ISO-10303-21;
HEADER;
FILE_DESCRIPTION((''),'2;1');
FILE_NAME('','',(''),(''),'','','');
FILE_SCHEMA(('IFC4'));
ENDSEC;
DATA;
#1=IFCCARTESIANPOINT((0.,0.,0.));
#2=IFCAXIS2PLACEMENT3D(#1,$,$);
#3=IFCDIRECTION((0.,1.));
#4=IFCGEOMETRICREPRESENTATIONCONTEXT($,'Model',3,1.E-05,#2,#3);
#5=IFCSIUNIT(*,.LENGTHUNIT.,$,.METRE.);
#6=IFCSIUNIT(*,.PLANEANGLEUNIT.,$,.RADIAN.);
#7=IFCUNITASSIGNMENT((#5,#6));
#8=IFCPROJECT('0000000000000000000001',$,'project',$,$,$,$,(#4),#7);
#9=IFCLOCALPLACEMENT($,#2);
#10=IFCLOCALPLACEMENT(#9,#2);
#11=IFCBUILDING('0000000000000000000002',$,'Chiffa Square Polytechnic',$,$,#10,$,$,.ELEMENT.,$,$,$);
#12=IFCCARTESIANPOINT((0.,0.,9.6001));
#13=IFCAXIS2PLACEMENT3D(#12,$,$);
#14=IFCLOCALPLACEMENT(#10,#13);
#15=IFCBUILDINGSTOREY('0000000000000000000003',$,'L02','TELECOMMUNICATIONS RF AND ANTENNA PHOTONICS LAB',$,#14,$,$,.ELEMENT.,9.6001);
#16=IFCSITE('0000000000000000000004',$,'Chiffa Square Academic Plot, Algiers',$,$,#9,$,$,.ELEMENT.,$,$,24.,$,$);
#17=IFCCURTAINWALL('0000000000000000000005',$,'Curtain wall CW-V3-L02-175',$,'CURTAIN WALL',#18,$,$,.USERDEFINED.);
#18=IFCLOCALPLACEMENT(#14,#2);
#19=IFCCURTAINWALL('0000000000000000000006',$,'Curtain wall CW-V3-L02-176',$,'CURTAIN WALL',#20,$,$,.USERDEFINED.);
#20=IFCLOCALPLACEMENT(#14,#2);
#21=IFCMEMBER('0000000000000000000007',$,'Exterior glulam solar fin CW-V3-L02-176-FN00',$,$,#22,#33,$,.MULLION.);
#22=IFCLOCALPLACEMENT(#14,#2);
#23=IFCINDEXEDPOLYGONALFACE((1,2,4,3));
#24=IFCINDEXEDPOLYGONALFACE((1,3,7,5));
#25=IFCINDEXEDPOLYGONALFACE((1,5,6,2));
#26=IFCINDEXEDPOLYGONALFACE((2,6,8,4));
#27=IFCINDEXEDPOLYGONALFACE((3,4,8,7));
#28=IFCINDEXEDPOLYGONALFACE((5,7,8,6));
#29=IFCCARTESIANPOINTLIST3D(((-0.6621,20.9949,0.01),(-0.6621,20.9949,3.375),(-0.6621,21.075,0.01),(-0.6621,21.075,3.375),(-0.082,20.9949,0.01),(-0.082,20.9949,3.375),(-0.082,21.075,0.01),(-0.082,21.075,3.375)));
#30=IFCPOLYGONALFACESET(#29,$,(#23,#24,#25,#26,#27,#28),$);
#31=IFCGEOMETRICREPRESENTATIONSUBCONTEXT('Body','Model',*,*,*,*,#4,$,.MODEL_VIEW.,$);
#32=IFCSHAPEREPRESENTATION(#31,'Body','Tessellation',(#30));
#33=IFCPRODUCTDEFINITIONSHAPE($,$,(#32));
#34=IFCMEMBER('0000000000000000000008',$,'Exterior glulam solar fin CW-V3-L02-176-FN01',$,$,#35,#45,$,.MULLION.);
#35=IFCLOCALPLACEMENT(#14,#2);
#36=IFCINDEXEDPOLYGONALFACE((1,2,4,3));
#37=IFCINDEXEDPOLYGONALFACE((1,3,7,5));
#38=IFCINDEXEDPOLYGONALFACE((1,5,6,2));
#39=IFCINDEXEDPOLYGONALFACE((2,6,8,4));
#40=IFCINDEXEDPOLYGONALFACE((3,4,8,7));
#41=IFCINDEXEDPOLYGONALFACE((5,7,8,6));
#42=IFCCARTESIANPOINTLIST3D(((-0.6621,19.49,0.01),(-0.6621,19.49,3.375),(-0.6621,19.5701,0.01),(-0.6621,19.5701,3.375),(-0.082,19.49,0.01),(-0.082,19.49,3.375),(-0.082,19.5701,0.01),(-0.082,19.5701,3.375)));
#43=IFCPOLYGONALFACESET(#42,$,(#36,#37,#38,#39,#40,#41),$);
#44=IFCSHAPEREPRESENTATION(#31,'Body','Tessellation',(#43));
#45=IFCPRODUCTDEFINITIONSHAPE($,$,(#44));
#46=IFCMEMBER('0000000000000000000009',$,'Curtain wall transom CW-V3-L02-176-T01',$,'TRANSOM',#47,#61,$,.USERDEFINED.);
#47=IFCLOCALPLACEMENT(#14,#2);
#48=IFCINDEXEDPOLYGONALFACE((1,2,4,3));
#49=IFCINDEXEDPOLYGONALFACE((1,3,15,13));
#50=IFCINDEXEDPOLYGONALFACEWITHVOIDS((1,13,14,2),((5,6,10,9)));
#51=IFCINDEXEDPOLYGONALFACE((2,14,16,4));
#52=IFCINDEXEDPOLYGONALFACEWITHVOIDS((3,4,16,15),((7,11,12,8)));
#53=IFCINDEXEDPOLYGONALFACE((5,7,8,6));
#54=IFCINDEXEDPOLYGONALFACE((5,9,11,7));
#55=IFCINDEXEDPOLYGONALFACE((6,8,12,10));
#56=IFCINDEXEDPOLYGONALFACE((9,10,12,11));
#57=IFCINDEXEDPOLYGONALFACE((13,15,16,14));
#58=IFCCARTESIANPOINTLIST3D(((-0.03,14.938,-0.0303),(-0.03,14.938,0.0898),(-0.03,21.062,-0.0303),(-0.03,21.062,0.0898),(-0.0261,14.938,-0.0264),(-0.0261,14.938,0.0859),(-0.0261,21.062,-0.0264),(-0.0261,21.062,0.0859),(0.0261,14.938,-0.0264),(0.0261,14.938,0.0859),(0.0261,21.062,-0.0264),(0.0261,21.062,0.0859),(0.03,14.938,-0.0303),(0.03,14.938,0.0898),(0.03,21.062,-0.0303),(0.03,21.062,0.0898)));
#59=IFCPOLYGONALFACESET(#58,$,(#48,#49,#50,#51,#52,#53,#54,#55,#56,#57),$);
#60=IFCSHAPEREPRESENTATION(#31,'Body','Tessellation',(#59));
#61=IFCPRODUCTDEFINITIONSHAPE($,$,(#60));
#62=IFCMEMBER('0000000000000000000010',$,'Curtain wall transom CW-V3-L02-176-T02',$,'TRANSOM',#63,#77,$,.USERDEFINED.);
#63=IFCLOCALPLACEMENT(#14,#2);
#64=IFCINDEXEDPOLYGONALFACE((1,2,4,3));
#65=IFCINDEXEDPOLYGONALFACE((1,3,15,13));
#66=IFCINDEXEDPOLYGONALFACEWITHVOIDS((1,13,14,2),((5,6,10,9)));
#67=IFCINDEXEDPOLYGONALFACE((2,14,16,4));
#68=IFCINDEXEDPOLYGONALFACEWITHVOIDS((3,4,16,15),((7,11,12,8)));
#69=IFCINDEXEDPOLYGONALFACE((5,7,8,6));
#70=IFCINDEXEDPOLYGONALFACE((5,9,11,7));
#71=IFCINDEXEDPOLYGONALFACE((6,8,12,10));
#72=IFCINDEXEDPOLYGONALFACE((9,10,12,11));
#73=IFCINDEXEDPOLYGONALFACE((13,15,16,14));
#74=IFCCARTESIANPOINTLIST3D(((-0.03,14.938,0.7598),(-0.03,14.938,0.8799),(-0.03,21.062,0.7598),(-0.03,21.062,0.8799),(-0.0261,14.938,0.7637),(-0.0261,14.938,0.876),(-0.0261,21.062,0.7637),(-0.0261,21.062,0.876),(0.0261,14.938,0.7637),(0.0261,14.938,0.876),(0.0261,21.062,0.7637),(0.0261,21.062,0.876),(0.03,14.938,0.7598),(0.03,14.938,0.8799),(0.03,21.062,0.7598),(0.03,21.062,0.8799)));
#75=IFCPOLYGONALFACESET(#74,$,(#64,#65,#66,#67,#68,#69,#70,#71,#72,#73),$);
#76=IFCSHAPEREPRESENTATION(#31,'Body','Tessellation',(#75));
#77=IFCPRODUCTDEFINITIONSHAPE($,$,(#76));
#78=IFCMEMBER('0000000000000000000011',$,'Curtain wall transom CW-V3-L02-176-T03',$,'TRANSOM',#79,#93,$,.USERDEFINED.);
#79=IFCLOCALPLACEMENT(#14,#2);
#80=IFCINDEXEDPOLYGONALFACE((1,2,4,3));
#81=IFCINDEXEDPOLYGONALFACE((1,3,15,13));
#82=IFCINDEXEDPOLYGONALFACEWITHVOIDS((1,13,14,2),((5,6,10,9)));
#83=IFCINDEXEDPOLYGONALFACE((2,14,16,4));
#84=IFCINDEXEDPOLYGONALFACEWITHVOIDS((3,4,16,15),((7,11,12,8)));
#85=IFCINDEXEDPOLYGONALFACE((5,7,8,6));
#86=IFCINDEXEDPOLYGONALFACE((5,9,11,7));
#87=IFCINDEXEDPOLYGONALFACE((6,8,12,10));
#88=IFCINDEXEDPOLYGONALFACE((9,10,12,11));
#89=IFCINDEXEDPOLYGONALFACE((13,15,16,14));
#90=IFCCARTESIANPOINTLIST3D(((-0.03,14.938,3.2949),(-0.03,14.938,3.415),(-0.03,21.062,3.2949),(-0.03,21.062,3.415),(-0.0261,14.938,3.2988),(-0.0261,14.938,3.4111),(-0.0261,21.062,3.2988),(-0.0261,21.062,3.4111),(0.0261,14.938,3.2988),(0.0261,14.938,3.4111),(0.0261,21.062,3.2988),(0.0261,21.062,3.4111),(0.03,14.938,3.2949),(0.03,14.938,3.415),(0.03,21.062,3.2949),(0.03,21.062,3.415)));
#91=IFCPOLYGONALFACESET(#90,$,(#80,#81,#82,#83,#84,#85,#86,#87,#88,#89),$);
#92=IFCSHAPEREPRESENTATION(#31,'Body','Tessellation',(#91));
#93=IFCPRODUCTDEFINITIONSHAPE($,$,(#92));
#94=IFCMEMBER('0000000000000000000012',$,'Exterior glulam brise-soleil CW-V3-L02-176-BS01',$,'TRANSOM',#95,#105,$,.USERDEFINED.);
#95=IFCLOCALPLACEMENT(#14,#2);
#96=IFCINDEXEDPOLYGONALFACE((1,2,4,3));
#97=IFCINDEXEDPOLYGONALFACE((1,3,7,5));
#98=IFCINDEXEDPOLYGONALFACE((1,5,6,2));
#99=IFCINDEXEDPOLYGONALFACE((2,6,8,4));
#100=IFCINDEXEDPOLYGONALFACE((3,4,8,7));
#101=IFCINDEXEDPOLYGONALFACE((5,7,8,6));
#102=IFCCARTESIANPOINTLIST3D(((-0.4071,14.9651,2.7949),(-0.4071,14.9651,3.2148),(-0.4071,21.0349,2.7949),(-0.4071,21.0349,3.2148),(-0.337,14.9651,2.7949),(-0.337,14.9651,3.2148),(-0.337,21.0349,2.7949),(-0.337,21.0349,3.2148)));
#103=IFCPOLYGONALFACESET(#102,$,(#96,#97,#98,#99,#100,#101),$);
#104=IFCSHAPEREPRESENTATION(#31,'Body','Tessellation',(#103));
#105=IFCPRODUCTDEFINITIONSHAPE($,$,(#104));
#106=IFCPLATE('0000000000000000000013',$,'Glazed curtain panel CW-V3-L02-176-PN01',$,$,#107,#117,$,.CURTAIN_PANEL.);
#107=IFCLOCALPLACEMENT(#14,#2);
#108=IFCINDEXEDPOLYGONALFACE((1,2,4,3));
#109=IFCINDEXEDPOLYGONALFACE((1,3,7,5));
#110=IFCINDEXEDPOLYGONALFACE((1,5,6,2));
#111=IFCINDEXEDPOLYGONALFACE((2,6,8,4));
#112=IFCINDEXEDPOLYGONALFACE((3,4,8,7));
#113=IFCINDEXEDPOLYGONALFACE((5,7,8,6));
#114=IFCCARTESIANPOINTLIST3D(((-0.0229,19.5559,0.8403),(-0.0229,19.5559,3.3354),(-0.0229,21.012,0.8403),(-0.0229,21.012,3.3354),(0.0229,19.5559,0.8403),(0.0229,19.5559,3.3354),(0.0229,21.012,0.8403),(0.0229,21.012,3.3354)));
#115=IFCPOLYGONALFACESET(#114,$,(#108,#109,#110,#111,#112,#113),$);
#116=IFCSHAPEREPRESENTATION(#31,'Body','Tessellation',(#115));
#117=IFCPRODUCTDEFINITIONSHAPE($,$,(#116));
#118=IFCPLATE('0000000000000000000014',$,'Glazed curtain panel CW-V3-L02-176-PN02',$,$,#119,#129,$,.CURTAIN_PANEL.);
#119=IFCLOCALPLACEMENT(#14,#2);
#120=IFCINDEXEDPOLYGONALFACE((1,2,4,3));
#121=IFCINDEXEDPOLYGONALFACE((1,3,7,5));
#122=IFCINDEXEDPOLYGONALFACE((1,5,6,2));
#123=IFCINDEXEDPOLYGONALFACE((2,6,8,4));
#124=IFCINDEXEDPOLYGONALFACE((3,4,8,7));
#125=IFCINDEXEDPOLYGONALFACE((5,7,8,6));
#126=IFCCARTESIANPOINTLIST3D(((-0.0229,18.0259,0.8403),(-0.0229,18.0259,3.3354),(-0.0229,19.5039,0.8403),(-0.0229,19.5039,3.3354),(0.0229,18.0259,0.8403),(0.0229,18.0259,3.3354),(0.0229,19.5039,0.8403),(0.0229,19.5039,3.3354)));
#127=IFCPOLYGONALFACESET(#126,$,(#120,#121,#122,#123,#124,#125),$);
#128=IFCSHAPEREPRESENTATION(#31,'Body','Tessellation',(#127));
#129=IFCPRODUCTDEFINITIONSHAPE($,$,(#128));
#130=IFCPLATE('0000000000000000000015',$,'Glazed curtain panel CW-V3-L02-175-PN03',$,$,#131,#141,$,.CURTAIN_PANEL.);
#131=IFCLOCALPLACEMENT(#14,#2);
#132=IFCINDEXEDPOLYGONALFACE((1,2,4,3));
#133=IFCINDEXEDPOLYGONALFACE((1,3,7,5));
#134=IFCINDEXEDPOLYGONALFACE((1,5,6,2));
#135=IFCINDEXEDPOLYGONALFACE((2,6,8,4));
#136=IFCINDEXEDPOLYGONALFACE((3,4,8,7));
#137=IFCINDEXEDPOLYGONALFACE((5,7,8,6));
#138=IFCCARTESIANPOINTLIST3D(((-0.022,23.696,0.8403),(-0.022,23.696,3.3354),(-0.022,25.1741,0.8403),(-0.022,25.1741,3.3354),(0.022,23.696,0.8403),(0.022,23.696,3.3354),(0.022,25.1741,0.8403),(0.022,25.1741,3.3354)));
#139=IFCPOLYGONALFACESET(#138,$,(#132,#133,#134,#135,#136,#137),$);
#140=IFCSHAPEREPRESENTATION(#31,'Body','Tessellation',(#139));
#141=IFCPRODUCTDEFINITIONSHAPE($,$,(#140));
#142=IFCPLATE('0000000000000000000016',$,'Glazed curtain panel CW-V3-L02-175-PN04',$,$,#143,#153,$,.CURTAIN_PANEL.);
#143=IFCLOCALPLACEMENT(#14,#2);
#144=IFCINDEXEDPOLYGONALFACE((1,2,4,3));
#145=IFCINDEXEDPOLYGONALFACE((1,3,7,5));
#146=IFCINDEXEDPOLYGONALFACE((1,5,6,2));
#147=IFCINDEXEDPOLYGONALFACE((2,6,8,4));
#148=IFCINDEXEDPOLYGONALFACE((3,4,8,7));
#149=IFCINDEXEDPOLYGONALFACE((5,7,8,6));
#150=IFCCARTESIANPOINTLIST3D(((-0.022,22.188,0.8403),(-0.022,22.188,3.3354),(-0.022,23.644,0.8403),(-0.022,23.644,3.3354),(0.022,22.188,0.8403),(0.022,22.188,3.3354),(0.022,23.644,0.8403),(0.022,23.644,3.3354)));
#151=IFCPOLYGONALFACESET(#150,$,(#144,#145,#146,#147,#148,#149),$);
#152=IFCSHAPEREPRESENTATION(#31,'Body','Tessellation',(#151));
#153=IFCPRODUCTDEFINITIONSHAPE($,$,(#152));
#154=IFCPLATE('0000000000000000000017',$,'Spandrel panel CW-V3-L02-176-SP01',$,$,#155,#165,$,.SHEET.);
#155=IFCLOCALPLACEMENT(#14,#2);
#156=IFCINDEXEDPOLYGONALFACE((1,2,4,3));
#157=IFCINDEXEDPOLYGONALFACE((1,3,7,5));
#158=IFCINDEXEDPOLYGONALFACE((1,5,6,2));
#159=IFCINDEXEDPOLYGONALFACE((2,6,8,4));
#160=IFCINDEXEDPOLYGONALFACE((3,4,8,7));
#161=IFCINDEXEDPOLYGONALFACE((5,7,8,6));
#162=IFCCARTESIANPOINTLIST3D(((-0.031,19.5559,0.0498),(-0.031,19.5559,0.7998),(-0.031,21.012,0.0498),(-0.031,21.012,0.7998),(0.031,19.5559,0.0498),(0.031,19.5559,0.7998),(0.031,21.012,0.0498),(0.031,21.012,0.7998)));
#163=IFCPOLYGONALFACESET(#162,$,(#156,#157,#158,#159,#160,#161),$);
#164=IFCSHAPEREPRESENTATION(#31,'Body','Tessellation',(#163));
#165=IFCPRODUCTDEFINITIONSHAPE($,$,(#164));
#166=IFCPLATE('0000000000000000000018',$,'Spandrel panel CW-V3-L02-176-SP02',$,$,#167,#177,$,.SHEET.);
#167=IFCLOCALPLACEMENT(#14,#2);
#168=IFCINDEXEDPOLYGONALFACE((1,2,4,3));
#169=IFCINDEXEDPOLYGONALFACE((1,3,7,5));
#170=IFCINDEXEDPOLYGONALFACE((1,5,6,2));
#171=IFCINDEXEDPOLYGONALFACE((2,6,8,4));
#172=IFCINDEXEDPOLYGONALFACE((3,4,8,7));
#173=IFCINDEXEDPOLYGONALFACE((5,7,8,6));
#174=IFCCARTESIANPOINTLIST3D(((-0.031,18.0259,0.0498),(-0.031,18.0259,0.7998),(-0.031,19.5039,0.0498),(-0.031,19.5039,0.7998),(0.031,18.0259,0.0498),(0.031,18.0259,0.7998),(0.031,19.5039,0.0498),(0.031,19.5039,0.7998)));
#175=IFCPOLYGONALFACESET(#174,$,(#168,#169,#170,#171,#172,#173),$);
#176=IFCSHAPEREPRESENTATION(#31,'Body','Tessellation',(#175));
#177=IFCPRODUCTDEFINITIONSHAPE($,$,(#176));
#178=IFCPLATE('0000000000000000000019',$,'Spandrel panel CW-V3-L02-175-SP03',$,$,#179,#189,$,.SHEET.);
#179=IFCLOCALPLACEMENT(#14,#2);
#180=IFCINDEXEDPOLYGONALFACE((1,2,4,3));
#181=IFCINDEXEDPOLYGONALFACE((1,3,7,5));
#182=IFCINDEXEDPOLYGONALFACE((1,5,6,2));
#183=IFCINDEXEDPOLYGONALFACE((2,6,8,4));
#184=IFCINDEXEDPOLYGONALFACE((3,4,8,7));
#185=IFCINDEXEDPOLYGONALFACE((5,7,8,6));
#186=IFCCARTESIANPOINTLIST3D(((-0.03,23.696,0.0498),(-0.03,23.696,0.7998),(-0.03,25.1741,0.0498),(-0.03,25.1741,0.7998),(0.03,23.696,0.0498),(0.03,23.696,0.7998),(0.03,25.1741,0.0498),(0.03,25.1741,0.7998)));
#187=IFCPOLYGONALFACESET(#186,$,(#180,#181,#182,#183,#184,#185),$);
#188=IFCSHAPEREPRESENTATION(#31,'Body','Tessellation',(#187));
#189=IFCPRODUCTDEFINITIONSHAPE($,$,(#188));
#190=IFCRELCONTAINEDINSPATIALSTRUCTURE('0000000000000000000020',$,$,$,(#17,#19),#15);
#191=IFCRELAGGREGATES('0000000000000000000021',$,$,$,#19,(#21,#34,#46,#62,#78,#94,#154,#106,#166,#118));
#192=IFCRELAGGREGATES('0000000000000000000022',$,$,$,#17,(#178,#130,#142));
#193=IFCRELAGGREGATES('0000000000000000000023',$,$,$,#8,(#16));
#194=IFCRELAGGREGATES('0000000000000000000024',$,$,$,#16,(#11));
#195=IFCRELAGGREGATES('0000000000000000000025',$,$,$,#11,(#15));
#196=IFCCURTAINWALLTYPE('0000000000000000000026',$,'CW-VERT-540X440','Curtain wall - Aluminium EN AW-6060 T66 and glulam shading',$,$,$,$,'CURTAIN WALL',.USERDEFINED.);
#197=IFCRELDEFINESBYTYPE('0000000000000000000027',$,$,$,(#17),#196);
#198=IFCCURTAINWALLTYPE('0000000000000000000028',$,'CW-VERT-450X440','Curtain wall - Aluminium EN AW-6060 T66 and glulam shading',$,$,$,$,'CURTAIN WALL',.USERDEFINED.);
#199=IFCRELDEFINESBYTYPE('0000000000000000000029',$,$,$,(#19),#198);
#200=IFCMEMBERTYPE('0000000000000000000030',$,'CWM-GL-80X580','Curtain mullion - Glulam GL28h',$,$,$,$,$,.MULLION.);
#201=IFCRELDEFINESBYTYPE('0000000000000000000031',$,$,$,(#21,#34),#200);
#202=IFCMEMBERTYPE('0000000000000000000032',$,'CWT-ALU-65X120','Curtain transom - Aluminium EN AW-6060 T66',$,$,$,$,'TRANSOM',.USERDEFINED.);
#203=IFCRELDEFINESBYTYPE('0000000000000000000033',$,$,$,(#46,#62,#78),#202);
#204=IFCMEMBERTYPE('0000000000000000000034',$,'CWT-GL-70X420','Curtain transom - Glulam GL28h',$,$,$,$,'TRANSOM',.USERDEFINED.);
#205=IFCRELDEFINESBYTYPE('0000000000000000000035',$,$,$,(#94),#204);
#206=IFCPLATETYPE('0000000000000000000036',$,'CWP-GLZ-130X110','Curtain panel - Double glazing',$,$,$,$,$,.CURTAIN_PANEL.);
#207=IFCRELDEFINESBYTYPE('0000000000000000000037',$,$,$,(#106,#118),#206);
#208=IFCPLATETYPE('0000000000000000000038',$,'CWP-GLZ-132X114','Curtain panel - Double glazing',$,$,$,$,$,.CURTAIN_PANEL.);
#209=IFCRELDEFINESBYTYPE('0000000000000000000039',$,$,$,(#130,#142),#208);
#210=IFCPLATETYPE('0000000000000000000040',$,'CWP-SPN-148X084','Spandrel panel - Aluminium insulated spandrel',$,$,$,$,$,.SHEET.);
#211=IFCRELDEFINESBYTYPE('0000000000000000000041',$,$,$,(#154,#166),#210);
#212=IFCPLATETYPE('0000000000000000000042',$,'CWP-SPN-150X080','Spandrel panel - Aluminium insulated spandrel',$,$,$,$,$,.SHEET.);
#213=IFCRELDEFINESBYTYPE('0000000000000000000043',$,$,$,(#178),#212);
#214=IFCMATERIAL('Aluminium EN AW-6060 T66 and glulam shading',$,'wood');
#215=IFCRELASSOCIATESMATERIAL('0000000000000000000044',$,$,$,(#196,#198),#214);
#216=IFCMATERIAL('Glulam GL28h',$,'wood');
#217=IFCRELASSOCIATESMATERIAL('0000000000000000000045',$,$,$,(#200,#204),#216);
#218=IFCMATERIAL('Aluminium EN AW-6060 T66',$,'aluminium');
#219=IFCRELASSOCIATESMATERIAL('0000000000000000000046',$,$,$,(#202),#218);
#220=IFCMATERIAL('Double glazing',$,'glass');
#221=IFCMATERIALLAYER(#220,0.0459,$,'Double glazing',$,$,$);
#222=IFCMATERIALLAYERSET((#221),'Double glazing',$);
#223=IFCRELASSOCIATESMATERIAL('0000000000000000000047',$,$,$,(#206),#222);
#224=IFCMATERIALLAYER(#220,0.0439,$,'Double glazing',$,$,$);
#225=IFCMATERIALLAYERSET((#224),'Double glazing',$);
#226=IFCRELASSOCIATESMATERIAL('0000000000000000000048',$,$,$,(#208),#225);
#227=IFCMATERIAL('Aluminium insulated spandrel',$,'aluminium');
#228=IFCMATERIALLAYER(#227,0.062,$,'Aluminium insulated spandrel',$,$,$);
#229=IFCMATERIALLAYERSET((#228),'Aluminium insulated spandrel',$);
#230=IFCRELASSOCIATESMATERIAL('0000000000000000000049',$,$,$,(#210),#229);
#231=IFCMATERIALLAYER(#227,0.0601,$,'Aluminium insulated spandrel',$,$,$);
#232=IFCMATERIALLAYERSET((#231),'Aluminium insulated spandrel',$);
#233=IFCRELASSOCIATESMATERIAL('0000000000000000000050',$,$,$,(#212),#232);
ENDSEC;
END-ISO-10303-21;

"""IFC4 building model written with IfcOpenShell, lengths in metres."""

from ifc_helpers import new_model, si_unit, direction, frame, origin, origin_2d, place, context, subcontext, project, spatial, rectangle, hollow_rectangle, extrude, material, layer, layer_set, material_profile, profile_set, type_object, element, aggregate, save


model = new_model("IFC4")

# Units and contexts
model_context = context("Model", 3, precision=1e-05, world=origin(), true_north=direction((0.0, 1.0)))
body_context = subcontext(model_context, "Body", "Model", "MODEL_VIEW")
ifc_project = project(units=[si_unit("LENGTHUNIT", "METRE"), si_unit("PLANEANGLEUNIT", "RADIAN")], contexts=[model_context])

# Site, building, storey
site_placement = place(None, origin())
site = spatial("IfcSite", under=ifc_project, at=site_placement, Name="Chiffa Square Academic Plot, Algiers", CompositionType="ELEMENT", RefElevation=24.0)
building_placement = place(site_placement, origin())
building = spatial("IfcBuilding", under=site, at=building_placement, Name="Chiffa Square Polytechnic", CompositionType="ELEMENT")
storey_placement = place(building_placement, frame((0.0, 0.0, 9.6001)))
storey = spatial("IfcBuildingStorey", under=building, at=storey_placement, Name="L02", Description="TELECOMMUNICATIONS RF AND ANTENNA PHOTONICS LAB", CompositionType="ELEMENT", Elevation=9.6001)

# Curtain walls
ifc_material_1 = material(Name="Aluminium EN AW-6060 T66 and glulam shading", Category="wood")
curtain_wall_type_1 = type_object("IfcCurtainWallType", Name="CW-VERT-540X440", Description="Curtain wall - Aluminium EN AW-6060 T66 and glulam shading", ElementType="CURTAIN WALL", PredefinedType="USERDEFINED", material=ifc_material_1)
curtain_wall_1_placement = place(storey_placement, origin())
curtain_wall_1 = element("IfcCurtainWall", 1, at=curtain_wall_1_placement, inside=storey, type_object=curtain_wall_type_1, Name="Curtain wall CW-V3-L02-175", ObjectType="CURTAIN WALL", PredefinedType="USERDEFINED")
ifc_material_2 = material(Name="Aluminium EN AW-6060 T66", Category="aluminium")
curtain_wall_type_2 = type_object("IfcCurtainWallType", Name="CW-VERT-450X440", Description="Curtain wall - Aluminium EN AW-6060 T66 and glulam shading", ElementType="CURTAIN WALL", PredefinedType="USERDEFINED", material=ifc_material_1)
curtain_wall_2_placement = place(storey_placement, origin())
curtain_wall_2 = element("IfcCurtainWall", 2, at=curtain_wall_2_placement, inside=storey, type_object=curtain_wall_type_2, Name="Curtain wall CW-V3-L02-176", ObjectType="CURTAIN WALL", PredefinedType="USERDEFINED")

# Members
ifc_material_3 = material(Name="Glulam GL28h", Category="wood")
ifc_material_profile_1 = material_profile(ifc_material_3, rectangle(XDim=0.0801, YDim=0.5801, at=origin_2d()), Name="GL28h 80x580")
ifc_profile_set_1 = profile_set([ifc_material_profile_1], Name="Glulam GL28h")
member_type_1 = type_object("IfcMemberType", Name="CWM-GL-80X580", Description="Curtain mullion - Glulam GL28h", PredefinedType="MULLION", material=ifc_profile_set_1)
member_1_placement = place(storey_placement, frame((-0.3721, 21.0349, 0.01), z_axis=(0.0, 0.0, 1.0), x_axis=(0.0, -1.0, 0.0)))
member_1 = element("IfcMember", 3, at=member_1_placement, type_object=member_type_1, Name="Exterior glulam solar fin CW-V3-L02-176-FN00", PredefinedType="MULLION", context=body_context, shape_type="SweptSolid", body=[
    extrude(rectangle(XDim=0.0801, YDim=0.5801, at=origin_2d()), origin(), (0.0, 0.0, 1.0), 3.365),
])
member_2_placement = place(storey_placement, frame((-0.3721, 19.53, 0.01), z_axis=(0.0, 0.0, 1.0), x_axis=(0.0, -1.0, 0.0)))
member_2 = element("IfcMember", 4, at=member_2_placement, type_object=member_type_1, Name="Exterior glulam solar fin CW-V3-L02-176-FN01", PredefinedType="MULLION", context=body_context, shape_type="SweptSolid", body=[
    extrude(rectangle(XDim=0.0801, YDim=0.5801, at=origin_2d()), origin(), (0.0, 0.0, 1.0), 3.365),
])
ifc_material_profile_2 = material_profile(ifc_material_2, hollow_rectangle(XDim=0.0601, YDim=0.1201, WallThickness=0.0039, at=origin_2d()), Name="ALU 60x120x4")
ifc_profile_set_2 = profile_set([ifc_material_profile_2], Name="Aluminium EN AW-6060 T66")
member_type_2 = type_object("IfcMemberType", Name="CWT-ALU-65X120", Description="Curtain transom - Aluminium EN AW-6060 T66", ElementType="TRANSOM", PredefinedType="USERDEFINED", material=ifc_profile_set_2)
member_3_placement = place(storey_placement, frame((0.0, 21.062, 0.0298), z_axis=(0.0, -1.0, 0.0), x_axis=(1.0, 0.0, 0.0)))
member_3 = element("IfcMember", 5, at=member_3_placement, type_object=member_type_2, Name="Curtain wall transom CW-V3-L02-176-T01", ObjectType="TRANSOM", PredefinedType="USERDEFINED", context=body_context, shape_type="SweptSolid", body=[
    extrude(hollow_rectangle(XDim=0.0601, YDim=0.1201, WallThickness=0.0039, at=origin_2d()), origin(), (0.0, 0.0, 1.0), 6.124),
])
member_4_placement = place(storey_placement, frame((0.0, 21.062, 0.8198), z_axis=(0.0, -1.0, 0.0), x_axis=(1.0, 0.0, 0.0)))
member_4 = element("IfcMember", 6, at=member_4_placement, type_object=member_type_2, Name="Curtain wall transom CW-V3-L02-176-T02", ObjectType="TRANSOM", PredefinedType="USERDEFINED", context=body_context, shape_type="SweptSolid", body=[
    extrude(hollow_rectangle(XDim=0.0601, YDim=0.1201, WallThickness=0.0039, at=origin_2d()), origin(), (0.0, 0.0, 1.0), 6.124),
])
member_5_placement = place(storey_placement, frame((0.0, 21.062, 3.355), z_axis=(0.0, -1.0, 0.0), x_axis=(1.0, 0.0, 0.0)))
member_5 = element("IfcMember", 7, at=member_5_placement, type_object=member_type_2, Name="Curtain wall transom CW-V3-L02-176-T03", ObjectType="TRANSOM", PredefinedType="USERDEFINED", context=body_context, shape_type="SweptSolid", body=[
    extrude(hollow_rectangle(XDim=0.0601, YDim=0.1201, WallThickness=0.0039, at=origin_2d()), origin(), (0.0, 0.0, 1.0), 6.124),
])
ifc_material_profile_3 = material_profile(ifc_material_3, rectangle(XDim=0.0701, YDim=0.4199, at=origin_2d()), Name="GL28h 70x420")
ifc_profile_set_3 = profile_set([ifc_material_profile_3], Name="Glulam GL28h")
member_type_3 = type_object("IfcMemberType", Name="CWT-GL-70X420", Description="Curtain transom - Glulam GL28h", ElementType="TRANSOM", PredefinedType="USERDEFINED", material=ifc_profile_set_3)
member_6_placement = place(storey_placement, frame((-0.3721, 21.0349, 3.0049), z_axis=(0.0, -1.0, 0.0), x_axis=(1.0, 0.0, 0.0)))
member_6 = element("IfcMember", 8, at=member_6_placement, type_object=member_type_3, Name="Exterior glulam brise-soleil CW-V3-L02-176-BS01", ObjectType="TRANSOM", PredefinedType="USERDEFINED", context=body_context, shape_type="SweptSolid", body=[
    extrude(rectangle(XDim=0.0701, YDim=0.4199, at=origin_2d()), origin(), (0.0, 0.0, 1.0), 6.0698),
])

# Plates
ifc_material_4 = material(Name="Double glazing", Category="glass")
ifc_layer_1 = layer(ifc_material_4, 0.0459, Name="Double glazing")
ifc_layer_set_1 = layer_set([ifc_layer_1], Name="Double glazing")
plate_type_1 = type_object("IfcPlateType", Name="CWP-GLZ-130X110", Description="Curtain panel - Double glazing", PredefinedType="CURTAIN_PANEL", material=ifc_layer_set_1)
plate_1_placement = place(storey_placement, frame((0.0, 20.2839, 0.8403), z_axis=(0.0, 0.0, 1.0), x_axis=(0.0, -1.0, 0.0)))
plate_1 = element("IfcPlate", 9, at=plate_1_placement, type_object=plate_type_1, Name="Glazed curtain panel CW-V3-L02-176-PN01", PredefinedType="CURTAIN_PANEL", context=body_context, shape_type="SweptSolid", body=[
    extrude(rectangle(XDim=1.4561, YDim=0.0459, at=origin_2d()), origin(), (0.0, 0.0, 1.0), 2.4951),
])
plate_2_placement = place(storey_placement, frame((0.0, 18.7649, 0.8403), z_axis=(0.0, 0.0, 1.0), x_axis=(0.0, -1.0, 0.0)))
plate_2 = element("IfcPlate", 10, at=plate_2_placement, type_object=plate_type_1, Name="Glazed curtain panel CW-V3-L02-176-PN02", PredefinedType="CURTAIN_PANEL", context=body_context, shape_type="SweptSolid", body=[
    extrude(rectangle(XDim=1.478, YDim=0.0459, at=origin_2d()), origin(), (0.0, 0.0, 1.0), 2.4951),
])
ifc_layer_2 = layer(ifc_material_4, 0.0439, Name="Double glazing")
ifc_layer_set_2 = layer_set([ifc_layer_2], Name="Double glazing")
plate_type_2 = type_object("IfcPlateType", Name="CWP-GLZ-132X114", Description="Curtain panel - Double glazing", PredefinedType="CURTAIN_PANEL", material=ifc_layer_set_2)
plate_3_placement = place(storey_placement, frame((0.0, 24.4351, 0.8403), z_axis=(0.0, 0.0, 1.0), x_axis=(0.0, -1.0, 0.0)))
plate_3 = element("IfcPlate", 11, at=plate_3_placement, type_object=plate_type_2, Name="Glazed curtain panel CW-V3-L02-175-PN03", PredefinedType="CURTAIN_PANEL", context=body_context, shape_type="SweptSolid", body=[
    extrude(rectangle(XDim=1.478, YDim=0.0439, at=origin_2d()), origin(), (0.0, 0.0, 1.0), 2.4951),
])
plate_4_placement = place(storey_placement, frame((0.0, 22.916, 0.8403), z_axis=(0.0, 0.0, 1.0), x_axis=(0.0, -1.0, 0.0)))
plate_4 = element("IfcPlate", 12, at=plate_4_placement, type_object=plate_type_2, Name="Glazed curtain panel CW-V3-L02-175-PN04", PredefinedType="CURTAIN_PANEL", context=body_context, shape_type="SweptSolid", body=[
    extrude(rectangle(XDim=1.4561, YDim=0.0439, at=origin_2d()), origin(), (0.0, 0.0, 1.0), 2.4951),
])
ifc_material_5 = material(Name="Aluminium insulated spandrel", Category="aluminium")
ifc_layer_3 = layer(ifc_material_5, 0.062, Name="Aluminium insulated spandrel")
ifc_layer_set_3 = layer_set([ifc_layer_3], Name="Aluminium insulated spandrel")
plate_type_3 = type_object("IfcPlateType", Name="CWP-SPN-148X084", Description="Spandrel panel - Aluminium insulated spandrel", PredefinedType="SHEET", material=ifc_layer_set_3)
plate_5_placement = place(storey_placement, frame((0.0, 20.2839, 0.0498), z_axis=(0.0, 0.0, 1.0), x_axis=(0.0, -1.0, 0.0)))
plate_5 = element("IfcPlate", 13, at=plate_5_placement, type_object=plate_type_3, Name="Spandrel panel CW-V3-L02-176-SP01", PredefinedType="SHEET", context=body_context, shape_type="SweptSolid", body=[
    extrude(rectangle(XDim=1.4561, YDim=0.062, at=origin_2d()), origin(), (0.0, 0.0, 1.0), 0.75),
])
plate_6_placement = place(storey_placement, frame((0.0, 18.7649, 0.0498), z_axis=(0.0, 0.0, 1.0), x_axis=(0.0, -1.0, 0.0)))
plate_6 = element("IfcPlate", 14, at=plate_6_placement, type_object=plate_type_3, Name="Spandrel panel CW-V3-L02-176-SP02", PredefinedType="SHEET", context=body_context, shape_type="SweptSolid", body=[
    extrude(rectangle(XDim=1.478, YDim=0.062, at=origin_2d()), origin(), (0.0, 0.0, 1.0), 0.75),
])
aggregate(curtain_wall_2, [member_1, member_2, member_3, member_4, member_5, member_6, plate_5, plate_1, plate_6, plate_2])
ifc_layer_4 = layer(ifc_material_5, 0.0601, Name="Aluminium insulated spandrel")
ifc_layer_set_4 = layer_set([ifc_layer_4], Name="Aluminium insulated spandrel")
plate_type_4 = type_object("IfcPlateType", Name="CWP-SPN-150X080", Description="Spandrel panel - Aluminium insulated spandrel", PredefinedType="SHEET", material=ifc_layer_set_4)
plate_7_placement = place(storey_placement, frame((0.0, 24.4351, 0.0498), z_axis=(0.0, 0.0, 1.0), x_axis=(0.0, -1.0, 0.0)))
plate_7 = element("IfcPlate", 15, at=plate_7_placement, type_object=plate_type_4, Name="Spandrel panel CW-V3-L02-175-SP03", PredefinedType="SHEET", context=body_context, shape_type="SweptSolid", body=[
    extrude(rectangle(XDim=1.478, YDim=0.0601, at=origin_2d()), origin(), (0.0, 0.0, 1.0), 0.75),
])
aggregate(curtain_wall_1, [plate_7, plate_3, plate_4])

save(model, "model.ifc")
